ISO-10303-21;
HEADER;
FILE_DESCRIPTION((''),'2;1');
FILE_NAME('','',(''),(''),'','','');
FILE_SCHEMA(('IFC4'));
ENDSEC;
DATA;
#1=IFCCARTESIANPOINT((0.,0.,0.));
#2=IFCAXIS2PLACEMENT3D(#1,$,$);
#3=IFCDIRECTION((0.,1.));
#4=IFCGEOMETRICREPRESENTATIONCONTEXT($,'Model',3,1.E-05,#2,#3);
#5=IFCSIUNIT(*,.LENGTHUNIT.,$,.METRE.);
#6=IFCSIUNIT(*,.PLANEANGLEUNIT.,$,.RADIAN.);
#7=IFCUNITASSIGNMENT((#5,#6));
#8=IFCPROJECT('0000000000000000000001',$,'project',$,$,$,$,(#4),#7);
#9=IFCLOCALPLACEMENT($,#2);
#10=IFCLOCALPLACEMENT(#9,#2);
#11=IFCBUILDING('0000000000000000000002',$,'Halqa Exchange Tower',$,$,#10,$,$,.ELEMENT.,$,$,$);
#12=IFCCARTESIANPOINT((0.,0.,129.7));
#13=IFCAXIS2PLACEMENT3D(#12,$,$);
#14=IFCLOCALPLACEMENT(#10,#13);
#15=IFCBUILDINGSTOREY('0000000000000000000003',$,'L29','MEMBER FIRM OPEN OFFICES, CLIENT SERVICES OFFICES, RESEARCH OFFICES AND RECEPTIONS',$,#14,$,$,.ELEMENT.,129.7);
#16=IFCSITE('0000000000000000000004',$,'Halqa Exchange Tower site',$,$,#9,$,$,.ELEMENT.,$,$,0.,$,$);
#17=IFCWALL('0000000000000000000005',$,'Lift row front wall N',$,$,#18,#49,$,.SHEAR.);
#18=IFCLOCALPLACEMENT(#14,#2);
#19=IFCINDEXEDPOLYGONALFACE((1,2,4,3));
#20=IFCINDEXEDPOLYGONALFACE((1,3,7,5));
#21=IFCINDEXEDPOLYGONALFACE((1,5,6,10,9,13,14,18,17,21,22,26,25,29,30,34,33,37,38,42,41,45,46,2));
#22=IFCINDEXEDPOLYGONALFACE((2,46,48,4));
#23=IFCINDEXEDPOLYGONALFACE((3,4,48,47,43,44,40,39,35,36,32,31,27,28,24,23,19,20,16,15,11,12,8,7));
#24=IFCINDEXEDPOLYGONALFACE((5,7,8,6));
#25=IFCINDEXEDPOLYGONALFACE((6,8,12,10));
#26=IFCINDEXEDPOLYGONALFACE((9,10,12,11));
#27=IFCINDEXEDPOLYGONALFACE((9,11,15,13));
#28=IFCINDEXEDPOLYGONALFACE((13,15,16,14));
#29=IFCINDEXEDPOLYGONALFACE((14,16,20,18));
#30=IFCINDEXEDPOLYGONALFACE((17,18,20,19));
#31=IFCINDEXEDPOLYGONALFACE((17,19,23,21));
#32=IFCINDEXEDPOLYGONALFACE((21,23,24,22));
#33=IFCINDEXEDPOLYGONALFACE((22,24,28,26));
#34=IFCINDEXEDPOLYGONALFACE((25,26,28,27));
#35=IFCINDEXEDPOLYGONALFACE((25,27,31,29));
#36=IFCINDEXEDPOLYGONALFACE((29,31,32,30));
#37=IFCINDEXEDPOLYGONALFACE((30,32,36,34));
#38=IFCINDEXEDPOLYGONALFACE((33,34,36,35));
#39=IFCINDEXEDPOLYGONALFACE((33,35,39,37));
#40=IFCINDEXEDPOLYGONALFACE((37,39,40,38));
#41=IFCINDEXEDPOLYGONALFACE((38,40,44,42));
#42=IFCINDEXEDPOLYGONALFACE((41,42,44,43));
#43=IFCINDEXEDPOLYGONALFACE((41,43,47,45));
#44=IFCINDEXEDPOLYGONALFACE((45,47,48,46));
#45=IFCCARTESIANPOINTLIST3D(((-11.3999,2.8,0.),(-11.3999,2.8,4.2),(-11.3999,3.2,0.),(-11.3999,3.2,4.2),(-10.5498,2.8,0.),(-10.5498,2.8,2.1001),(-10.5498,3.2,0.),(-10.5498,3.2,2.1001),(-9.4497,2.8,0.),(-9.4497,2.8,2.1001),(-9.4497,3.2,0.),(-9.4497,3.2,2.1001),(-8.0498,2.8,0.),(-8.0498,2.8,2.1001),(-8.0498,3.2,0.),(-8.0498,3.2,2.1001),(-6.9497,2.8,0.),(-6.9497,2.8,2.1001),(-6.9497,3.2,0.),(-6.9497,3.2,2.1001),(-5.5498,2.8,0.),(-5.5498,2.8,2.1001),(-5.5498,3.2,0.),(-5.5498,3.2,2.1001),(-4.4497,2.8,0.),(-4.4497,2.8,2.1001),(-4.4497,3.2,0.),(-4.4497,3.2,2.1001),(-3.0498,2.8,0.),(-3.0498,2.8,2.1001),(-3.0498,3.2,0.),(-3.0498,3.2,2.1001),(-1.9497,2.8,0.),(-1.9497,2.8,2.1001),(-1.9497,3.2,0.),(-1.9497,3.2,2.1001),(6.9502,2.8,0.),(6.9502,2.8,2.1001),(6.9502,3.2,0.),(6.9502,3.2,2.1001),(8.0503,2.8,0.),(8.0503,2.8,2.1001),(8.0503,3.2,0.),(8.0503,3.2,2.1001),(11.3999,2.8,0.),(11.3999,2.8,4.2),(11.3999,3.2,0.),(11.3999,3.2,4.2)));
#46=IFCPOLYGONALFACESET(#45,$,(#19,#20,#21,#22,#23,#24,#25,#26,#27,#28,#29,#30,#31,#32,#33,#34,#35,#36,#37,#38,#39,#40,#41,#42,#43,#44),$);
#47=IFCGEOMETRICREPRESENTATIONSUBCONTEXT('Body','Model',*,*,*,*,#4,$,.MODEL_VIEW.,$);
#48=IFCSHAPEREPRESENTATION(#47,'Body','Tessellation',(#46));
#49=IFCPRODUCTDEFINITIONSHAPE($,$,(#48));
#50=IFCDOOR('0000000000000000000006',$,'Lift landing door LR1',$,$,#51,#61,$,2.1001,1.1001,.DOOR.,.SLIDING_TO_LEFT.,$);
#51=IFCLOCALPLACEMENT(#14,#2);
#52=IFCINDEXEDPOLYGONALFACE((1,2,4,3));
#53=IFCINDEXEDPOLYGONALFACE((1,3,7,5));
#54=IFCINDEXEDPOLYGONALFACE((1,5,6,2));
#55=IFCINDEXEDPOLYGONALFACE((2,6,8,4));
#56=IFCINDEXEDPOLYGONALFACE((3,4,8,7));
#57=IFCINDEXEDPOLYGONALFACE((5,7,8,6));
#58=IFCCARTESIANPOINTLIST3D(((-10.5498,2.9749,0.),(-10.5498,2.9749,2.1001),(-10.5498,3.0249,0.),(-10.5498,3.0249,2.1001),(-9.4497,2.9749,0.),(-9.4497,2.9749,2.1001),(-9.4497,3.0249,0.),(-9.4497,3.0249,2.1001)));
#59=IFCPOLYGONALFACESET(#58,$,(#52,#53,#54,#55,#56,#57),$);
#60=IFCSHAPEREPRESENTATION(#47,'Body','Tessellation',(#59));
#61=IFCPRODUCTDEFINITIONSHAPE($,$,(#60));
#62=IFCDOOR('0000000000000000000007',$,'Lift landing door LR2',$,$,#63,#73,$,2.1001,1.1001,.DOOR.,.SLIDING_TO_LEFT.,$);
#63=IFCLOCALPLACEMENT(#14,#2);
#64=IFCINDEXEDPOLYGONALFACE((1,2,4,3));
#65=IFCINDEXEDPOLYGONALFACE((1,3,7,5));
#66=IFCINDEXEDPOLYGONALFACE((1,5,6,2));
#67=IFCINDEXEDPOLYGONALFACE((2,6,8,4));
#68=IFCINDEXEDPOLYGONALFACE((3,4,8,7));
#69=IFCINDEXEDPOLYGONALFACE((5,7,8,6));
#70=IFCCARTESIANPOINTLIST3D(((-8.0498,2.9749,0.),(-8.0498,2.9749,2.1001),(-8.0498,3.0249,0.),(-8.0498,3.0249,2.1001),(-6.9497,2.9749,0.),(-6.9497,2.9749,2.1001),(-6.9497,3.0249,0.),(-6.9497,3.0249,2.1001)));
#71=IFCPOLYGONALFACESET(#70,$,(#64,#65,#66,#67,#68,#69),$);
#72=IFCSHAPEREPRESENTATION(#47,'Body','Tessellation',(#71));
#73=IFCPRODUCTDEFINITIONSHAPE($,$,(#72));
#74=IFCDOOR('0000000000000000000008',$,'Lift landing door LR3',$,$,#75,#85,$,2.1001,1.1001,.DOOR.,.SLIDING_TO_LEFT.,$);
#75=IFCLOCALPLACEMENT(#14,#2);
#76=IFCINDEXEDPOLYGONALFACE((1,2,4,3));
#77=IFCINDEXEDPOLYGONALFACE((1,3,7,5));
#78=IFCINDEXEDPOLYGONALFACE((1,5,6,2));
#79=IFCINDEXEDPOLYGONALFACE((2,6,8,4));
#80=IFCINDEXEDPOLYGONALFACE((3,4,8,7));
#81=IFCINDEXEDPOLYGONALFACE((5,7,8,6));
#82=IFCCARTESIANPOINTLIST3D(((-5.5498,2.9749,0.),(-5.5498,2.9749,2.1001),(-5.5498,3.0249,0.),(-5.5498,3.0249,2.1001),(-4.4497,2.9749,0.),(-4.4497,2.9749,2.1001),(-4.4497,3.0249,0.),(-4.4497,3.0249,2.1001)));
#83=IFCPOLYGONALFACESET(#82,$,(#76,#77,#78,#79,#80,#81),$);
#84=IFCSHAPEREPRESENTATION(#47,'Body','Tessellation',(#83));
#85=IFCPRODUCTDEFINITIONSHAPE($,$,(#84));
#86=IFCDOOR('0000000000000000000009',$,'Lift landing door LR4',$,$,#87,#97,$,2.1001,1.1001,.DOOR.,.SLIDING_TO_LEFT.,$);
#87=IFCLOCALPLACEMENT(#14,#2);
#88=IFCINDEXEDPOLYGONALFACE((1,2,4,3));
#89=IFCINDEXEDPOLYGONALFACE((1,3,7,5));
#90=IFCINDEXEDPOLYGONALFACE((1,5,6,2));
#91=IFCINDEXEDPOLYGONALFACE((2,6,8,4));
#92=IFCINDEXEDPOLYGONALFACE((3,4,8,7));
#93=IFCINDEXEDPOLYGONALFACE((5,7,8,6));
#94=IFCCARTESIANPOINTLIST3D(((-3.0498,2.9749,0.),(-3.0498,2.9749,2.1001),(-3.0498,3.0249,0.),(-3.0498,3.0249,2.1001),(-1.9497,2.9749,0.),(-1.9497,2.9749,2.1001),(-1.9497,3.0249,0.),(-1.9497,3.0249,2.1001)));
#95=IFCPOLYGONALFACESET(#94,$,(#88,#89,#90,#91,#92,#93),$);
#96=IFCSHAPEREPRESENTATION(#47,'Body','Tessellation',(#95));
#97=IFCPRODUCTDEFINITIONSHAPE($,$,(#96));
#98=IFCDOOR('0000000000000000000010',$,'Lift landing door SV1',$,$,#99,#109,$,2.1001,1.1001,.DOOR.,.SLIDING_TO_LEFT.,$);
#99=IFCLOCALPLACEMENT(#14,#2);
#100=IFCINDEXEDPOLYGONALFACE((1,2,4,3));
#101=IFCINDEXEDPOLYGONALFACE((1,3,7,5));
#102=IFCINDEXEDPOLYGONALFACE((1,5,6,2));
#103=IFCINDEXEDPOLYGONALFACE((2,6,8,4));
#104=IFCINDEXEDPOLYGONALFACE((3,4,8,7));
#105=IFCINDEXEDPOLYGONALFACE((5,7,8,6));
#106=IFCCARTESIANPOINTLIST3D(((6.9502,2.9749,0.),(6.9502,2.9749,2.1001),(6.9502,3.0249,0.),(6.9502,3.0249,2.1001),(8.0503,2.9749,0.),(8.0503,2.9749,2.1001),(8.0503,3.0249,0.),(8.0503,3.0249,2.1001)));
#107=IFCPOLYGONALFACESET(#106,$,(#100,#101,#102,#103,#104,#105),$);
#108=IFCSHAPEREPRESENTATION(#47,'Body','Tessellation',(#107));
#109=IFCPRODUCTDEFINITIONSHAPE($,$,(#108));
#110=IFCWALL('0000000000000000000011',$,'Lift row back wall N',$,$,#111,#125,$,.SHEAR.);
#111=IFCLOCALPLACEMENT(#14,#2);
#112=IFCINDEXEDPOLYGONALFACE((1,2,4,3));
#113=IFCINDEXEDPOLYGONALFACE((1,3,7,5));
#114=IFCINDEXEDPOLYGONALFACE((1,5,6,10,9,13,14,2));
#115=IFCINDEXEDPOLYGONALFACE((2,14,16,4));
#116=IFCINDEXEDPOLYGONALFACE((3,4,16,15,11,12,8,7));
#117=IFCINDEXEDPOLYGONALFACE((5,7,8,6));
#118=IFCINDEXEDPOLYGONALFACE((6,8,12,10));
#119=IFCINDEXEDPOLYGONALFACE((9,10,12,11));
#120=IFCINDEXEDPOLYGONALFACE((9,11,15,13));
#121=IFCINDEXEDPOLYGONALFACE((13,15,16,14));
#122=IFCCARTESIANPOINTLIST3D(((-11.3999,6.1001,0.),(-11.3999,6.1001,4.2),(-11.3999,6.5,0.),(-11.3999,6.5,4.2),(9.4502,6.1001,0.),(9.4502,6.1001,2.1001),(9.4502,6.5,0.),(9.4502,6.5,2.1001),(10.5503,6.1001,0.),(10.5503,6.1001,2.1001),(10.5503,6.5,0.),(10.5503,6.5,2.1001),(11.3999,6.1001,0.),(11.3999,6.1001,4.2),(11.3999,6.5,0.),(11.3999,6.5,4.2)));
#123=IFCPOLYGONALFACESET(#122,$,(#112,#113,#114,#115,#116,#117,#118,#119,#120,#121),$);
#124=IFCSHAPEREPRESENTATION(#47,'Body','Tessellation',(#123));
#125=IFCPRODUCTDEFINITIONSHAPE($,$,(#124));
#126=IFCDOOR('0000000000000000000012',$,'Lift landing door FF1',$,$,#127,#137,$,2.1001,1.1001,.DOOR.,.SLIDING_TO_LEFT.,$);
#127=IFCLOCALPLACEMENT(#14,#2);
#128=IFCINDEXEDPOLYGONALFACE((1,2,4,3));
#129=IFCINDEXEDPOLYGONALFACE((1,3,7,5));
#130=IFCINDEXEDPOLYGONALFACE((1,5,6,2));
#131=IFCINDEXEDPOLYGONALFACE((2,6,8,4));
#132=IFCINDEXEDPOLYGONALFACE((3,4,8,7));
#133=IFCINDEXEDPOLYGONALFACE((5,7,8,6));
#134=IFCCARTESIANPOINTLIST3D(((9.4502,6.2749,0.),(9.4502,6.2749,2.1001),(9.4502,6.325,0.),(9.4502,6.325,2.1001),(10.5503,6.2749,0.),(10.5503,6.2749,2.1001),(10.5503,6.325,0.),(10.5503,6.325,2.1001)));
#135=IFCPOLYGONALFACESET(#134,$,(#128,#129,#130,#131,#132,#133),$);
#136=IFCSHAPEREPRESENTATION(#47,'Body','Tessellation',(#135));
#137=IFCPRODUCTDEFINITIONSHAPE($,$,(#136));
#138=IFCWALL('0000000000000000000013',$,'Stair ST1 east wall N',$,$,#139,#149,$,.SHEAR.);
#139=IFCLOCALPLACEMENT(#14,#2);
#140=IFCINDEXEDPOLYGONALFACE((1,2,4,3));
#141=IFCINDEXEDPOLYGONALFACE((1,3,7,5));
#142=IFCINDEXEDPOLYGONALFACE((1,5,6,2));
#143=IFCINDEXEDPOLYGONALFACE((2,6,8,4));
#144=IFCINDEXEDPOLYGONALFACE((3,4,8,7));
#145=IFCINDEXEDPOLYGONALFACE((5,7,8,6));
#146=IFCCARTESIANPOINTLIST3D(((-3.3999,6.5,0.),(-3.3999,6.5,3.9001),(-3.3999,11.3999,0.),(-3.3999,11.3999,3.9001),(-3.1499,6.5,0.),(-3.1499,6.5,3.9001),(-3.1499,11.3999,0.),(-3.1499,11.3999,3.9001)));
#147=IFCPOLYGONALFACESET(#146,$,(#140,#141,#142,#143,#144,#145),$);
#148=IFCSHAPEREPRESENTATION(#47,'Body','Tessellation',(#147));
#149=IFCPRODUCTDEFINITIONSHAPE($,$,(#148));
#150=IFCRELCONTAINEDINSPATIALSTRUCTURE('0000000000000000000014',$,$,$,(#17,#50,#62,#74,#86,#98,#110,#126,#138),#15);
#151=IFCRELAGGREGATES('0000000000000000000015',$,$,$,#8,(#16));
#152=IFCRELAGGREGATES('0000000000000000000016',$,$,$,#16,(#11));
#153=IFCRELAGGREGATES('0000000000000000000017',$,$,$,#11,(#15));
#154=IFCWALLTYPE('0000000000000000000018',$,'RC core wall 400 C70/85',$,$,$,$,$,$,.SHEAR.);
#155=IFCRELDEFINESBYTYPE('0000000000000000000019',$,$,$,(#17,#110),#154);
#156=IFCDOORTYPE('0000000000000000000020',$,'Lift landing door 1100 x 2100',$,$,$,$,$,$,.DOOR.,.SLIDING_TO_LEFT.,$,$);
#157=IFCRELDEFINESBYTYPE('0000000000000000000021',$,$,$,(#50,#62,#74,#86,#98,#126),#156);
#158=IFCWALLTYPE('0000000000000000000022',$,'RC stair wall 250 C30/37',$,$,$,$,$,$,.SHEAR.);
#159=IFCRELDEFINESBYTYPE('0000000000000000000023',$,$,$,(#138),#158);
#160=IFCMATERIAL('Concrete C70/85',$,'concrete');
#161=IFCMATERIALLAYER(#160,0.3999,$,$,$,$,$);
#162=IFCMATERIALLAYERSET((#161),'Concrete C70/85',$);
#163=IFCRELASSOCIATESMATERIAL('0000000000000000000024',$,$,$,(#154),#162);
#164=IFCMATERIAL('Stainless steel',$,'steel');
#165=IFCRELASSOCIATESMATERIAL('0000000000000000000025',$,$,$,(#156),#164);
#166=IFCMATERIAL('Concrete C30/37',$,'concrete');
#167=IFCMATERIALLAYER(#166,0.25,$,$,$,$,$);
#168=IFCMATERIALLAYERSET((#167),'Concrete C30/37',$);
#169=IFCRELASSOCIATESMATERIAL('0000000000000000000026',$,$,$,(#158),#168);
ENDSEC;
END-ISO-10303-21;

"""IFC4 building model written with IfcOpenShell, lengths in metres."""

from ifc_helpers import new_model, si_unit, direction, frame, frame_2d, origin, place, context, subcontext, project, spatial, rectangle, extrude, material, layer, layer_set, type_object, element, fill, save


model = new_model("IFC4")

# Units and contexts
model_context = context("Model", 3, precision=1e-05, world=origin(), true_north=direction((0.0, 1.0)))
body_context = subcontext(model_context, "Body", "Model", "MODEL_VIEW")
ifc_project = project(units=[si_unit("LENGTHUNIT", "METRE"), si_unit("PLANEANGLEUNIT", "RADIAN")], contexts=[model_context])

# Site, building, storey
site_placement = place(None, origin())
site = spatial("IfcSite", under=ifc_project, at=site_placement, Name="Halqa Exchange Tower site", CompositionType="ELEMENT", RefElevation=0.0)
building_placement = place(site_placement, origin())
building = spatial("IfcBuilding", under=site, at=building_placement, Name="Halqa Exchange Tower", CompositionType="ELEMENT")
storey_placement = place(building_placement, frame((0.0, 0.0, 129.7)))
storey = spatial("IfcBuildingStorey", under=building, at=storey_placement, Name="L29", Description="MEMBER FIRM OPEN OFFICES, CLIENT SERVICES OFFICES, RESEARCH OFFICES AND RECEPTIONS", CompositionType="ELEMENT", Elevation=129.7)

# Wall, openings, doors
ifc_material_1 = material(Name="Concrete C70/85", Category="concrete")
ifc_layer_1 = layer(ifc_material_1, 0.3999)
ifc_layer_set_1 = layer_set([ifc_layer_1], Name="Concrete C70/85")
wall_type_1 = type_object("IfcWallType", Name="RC core wall 400 C70/85", PredefinedType="SHEAR", material=ifc_layer_set_1)
wall_1_placement = place(storey_placement, frame((-11.3999, 3.0, 0.0), z_axis=(0.0, 0.0, 1.0), x_axis=(1.0, 0.0, 0.0)))
wall_1 = element("IfcWall", 1, at=wall_1_placement, inside=storey, type_object=wall_type_1, Name="Lift row front wall N", PredefinedType="SHEAR", context=body_context, shape_type="SweptSolid", body=[
    extrude(rectangle(XDim=22.7998, YDim=0.3999, at=frame_2d((11.3999, 0.0))), origin(), (0.0, 0.0, 1.0), 4.2),
])
opening_1_placement = place(wall_1_placement, frame((0.8501, 0.0, 0.0)))
opening_1 = element("IfcOpeningElement", 2, at=opening_1_placement, cuts=wall_1, PredefinedType="OPENING", context=body_context, shape_type="SweptSolid", body=[
    extrude(rectangle(XDim=1.1001, YDim=2.1001, at=frame_2d((0.55, 1.05))), frame((0.0, 0.2119, 0.0), z_axis=(0.0, -1.0, 0.0), x_axis=(1.0, 0.0, 0.0)), (0.0, 0.0, 1.0), 0.4238),
])
opening_2_placement = place(wall_1_placement, frame((3.3501, 0.0, 0.0)))
opening_2 = element("IfcOpeningElement", 3, at=opening_2_placement, cuts=wall_1, PredefinedType="OPENING", context=body_context, shape_type="SweptSolid", body=[
    extrude(rectangle(XDim=1.1001, YDim=2.1001, at=frame_2d((0.55, 1.05))), frame((0.0, 0.2119, 0.0), z_axis=(0.0, -1.0, 0.0), x_axis=(1.0, 0.0, 0.0)), (0.0, 0.0, 1.0), 0.4238),
])
opening_3_placement = place(wall_1_placement, frame((5.8501, 0.0, 0.0)))
opening_3 = element("IfcOpeningElement", 4, at=opening_3_placement, cuts=wall_1, PredefinedType="OPENING", context=body_context, shape_type="SweptSolid", body=[
    extrude(rectangle(XDim=1.1001, YDim=2.1001, at=frame_2d((0.55, 1.05))), frame((0.0, 0.2119, 0.0), z_axis=(0.0, -1.0, 0.0), x_axis=(1.0, 0.0, 0.0)), (0.0, 0.0, 1.0), 0.4238),
])
opening_4_placement = place(wall_1_placement, frame((8.3501, 0.0, 0.0)))
opening_4 = element("IfcOpeningElement", 5, at=opening_4_placement, cuts=wall_1, PredefinedType="OPENING", context=body_context, shape_type="SweptSolid", body=[
    extrude(rectangle(XDim=1.1001, YDim=2.1001, at=frame_2d((0.55, 1.05))), frame((0.0, 0.2119, 0.0), z_axis=(0.0, -1.0, 0.0), x_axis=(1.0, 0.0, 0.0)), (0.0, 0.0, 1.0), 0.4238),
])
opening_5_placement = place(wall_1_placement, frame((18.3501, 0.0, 0.0)))
opening_5 = element("IfcOpeningElement", 6, at=opening_5_placement, cuts=wall_1, PredefinedType="OPENING", context=body_context, shape_type="SweptSolid", body=[
    extrude(rectangle(XDim=1.1001, YDim=2.1001, at=frame_2d((0.55, 1.05))), frame((0.0, 0.2119, 0.0), z_axis=(0.0, -1.0, 0.0), x_axis=(1.0, 0.0, 0.0)), (0.0, 0.0, 1.0), 0.4238),
])
ifc_material_2 = material(Name="Stainless steel", Category="steel")
door_type = type_object("IfcDoorType", Name="Lift landing door 1100 x 2100", OperationType="SLIDING_TO_LEFT", PredefinedType="DOOR", material=ifc_material_2)
door_1_placement = place(opening_1_placement, origin())
door_1 = element("IfcDoor", 7, at=door_1_placement, inside=storey, type_object=door_type, Name="Lift landing door LR1", OperationType="SLIDING_TO_LEFT", OverallHeight=2.1001, OverallWidth=1.1001, PredefinedType="DOOR", context=body_context, shape_type="SweptSolid", body=[
    extrude(rectangle(XDim=1.1001, YDim=2.1001, at=frame_2d((0.55, 1.05))), frame((0.0, 0.0249, 0.0), z_axis=(0.0, -1.0, 0.0), x_axis=(1.0, 0.0, 0.0)), (0.0, 0.0, 1.0), 0.05),
])
fill(opening_1, door_1)
door_2_placement = place(opening_2_placement, origin())
door_2 = element("IfcDoor", 8, at=door_2_placement, inside=storey, type_object=door_type, Name="Lift landing door LR2", OperationType="SLIDING_TO_LEFT", OverallHeight=2.1001, OverallWidth=1.1001, PredefinedType="DOOR", context=body_context, shape_type="SweptSolid", body=[
    extrude(rectangle(XDim=1.1001, YDim=2.1001, at=frame_2d((0.55, 1.05))), frame((0.0, 0.0249, 0.0), z_axis=(0.0, -1.0, 0.0), x_axis=(1.0, 0.0, 0.0)), (0.0, 0.0, 1.0), 0.05),
])
fill(opening_2, door_2)
door_3_placement = place(opening_3_placement, origin())
door_3 = element("IfcDoor", 9, at=door_3_placement, inside=storey, type_object=door_type, Name="Lift landing door LR3", OperationType="SLIDING_TO_LEFT", OverallHeight=2.1001, OverallWidth=1.1001, PredefinedType="DOOR", context=body_context, shape_type="SweptSolid", body=[
    extrude(rectangle(XDim=1.1001, YDim=2.1001, at=frame_2d((0.55, 1.05))), frame((0.0, 0.0249, 0.0), z_axis=(0.0, -1.0, 0.0), x_axis=(1.0, 0.0, 0.0)), (0.0, 0.0, 1.0), 0.05),
])
fill(opening_3, door_3)
door_4_placement = place(opening_4_placement, origin())
door_4 = element("IfcDoor", 10, at=door_4_placement, inside=storey, type_object=door_type, Name="Lift landing door LR4", OperationType="SLIDING_TO_LEFT", OverallHeight=2.1001, OverallWidth=1.1001, PredefinedType="DOOR", context=body_context, shape_type="SweptSolid", body=[
    extrude(rectangle(XDim=1.1001, YDim=2.1001, at=frame_2d((0.55, 1.05))), frame((0.0, 0.0249, 0.0), z_axis=(0.0, -1.0, 0.0), x_axis=(1.0, 0.0, 0.0)), (0.0, 0.0, 1.0), 0.05),
])
fill(opening_4, door_4)
door_5_placement = place(opening_5_placement, origin())
door_5 = element("IfcDoor", 11, at=door_5_placement, inside=storey, type_object=door_type, Name="Lift landing door SV1", OperationType="SLIDING_TO_LEFT", OverallHeight=2.1001, OverallWidth=1.1001, PredefinedType="DOOR", context=body_context, shape_type="SweptSolid", body=[
    extrude(rectangle(XDim=1.1001, YDim=2.1001, at=frame_2d((0.55, 1.05))), frame((0.0, 0.0249, 0.0), z_axis=(0.0, -1.0, 0.0), x_axis=(1.0, 0.0, 0.0)), (0.0, 0.0, 1.0), 0.05),
])
fill(opening_5, door_5)

# Wall, opening, door
wall_2_placement = place(storey_placement, frame((-11.3999, 6.3, 0.0), z_axis=(0.0, 0.0, 1.0), x_axis=(1.0, 0.0, 0.0)))
wall_2 = element("IfcWall", 12, at=wall_2_placement, inside=storey, type_object=wall_type_1, Name="Lift row back wall N", PredefinedType="SHEAR", context=body_context, shape_type="SweptSolid", body=[
    extrude(rectangle(XDim=22.7998, YDim=0.3999, at=frame_2d((11.3999, 0.0))), origin(), (0.0, 0.0, 1.0), 4.2),
])
opening_6_placement = place(wall_2_placement, frame((20.8501, 0.0, 0.0)))
opening_6 = element("IfcOpeningElement", 13, at=opening_6_placement, cuts=wall_2, PredefinedType="OPENING", context=body_context, shape_type="SweptSolid", body=[
    extrude(rectangle(XDim=1.1001, YDim=2.1001, at=frame_2d((0.55, 1.05))), frame((0.0, 0.2119, 0.0), z_axis=(0.0, -1.0, 0.0), x_axis=(1.0, 0.0, 0.0)), (0.0, 0.0, 1.0), 0.4238),
])
door_6_placement = place(opening_6_placement, origin())
door_6 = element("IfcDoor", 14, at=door_6_placement, inside=storey, type_object=door_type, Name="Lift landing door FF1", OperationType="SLIDING_TO_LEFT", OverallHeight=2.1001, OverallWidth=1.1001, PredefinedType="DOOR", context=body_context, shape_type="SweptSolid", body=[
    extrude(rectangle(XDim=1.1001, YDim=2.1001, at=frame_2d((0.55, 1.05))), frame((0.0, 0.0249, 0.0), z_axis=(0.0, -1.0, 0.0), x_axis=(1.0, 0.0, 0.0)), (0.0, 0.0, 1.0), 0.05),
])
fill(opening_6, door_6)

# Wall
ifc_material_3 = material(Name="Concrete C30/37", Category="concrete")
ifc_layer_2 = layer(ifc_material_3, 0.25)
ifc_layer_set_2 = layer_set([ifc_layer_2], Name="Concrete C30/37")
wall_type_2 = type_object("IfcWallType", Name="RC stair wall 250 C30/37", PredefinedType="SHEAR", material=ifc_layer_set_2)
wall_3_placement = place(storey_placement, frame((-3.2749, 6.5, 0.0), z_axis=(0.0, 0.0, 1.0), x_axis=(0.0, 1.0, 0.0)))
element("IfcWall", 15, at=wall_3_placement, inside=storey, type_object=wall_type_2, Name="Stair ST1 east wall N", PredefinedType="SHEAR", context=body_context, shape_type="SweptSolid", body=[
    extrude(rectangle(XDim=4.8999, YDim=0.25, at=frame_2d((2.45, 0.0))), origin(), (0.0, 0.0, 1.0), 3.9001),
])

save(model, "model.ifc")
